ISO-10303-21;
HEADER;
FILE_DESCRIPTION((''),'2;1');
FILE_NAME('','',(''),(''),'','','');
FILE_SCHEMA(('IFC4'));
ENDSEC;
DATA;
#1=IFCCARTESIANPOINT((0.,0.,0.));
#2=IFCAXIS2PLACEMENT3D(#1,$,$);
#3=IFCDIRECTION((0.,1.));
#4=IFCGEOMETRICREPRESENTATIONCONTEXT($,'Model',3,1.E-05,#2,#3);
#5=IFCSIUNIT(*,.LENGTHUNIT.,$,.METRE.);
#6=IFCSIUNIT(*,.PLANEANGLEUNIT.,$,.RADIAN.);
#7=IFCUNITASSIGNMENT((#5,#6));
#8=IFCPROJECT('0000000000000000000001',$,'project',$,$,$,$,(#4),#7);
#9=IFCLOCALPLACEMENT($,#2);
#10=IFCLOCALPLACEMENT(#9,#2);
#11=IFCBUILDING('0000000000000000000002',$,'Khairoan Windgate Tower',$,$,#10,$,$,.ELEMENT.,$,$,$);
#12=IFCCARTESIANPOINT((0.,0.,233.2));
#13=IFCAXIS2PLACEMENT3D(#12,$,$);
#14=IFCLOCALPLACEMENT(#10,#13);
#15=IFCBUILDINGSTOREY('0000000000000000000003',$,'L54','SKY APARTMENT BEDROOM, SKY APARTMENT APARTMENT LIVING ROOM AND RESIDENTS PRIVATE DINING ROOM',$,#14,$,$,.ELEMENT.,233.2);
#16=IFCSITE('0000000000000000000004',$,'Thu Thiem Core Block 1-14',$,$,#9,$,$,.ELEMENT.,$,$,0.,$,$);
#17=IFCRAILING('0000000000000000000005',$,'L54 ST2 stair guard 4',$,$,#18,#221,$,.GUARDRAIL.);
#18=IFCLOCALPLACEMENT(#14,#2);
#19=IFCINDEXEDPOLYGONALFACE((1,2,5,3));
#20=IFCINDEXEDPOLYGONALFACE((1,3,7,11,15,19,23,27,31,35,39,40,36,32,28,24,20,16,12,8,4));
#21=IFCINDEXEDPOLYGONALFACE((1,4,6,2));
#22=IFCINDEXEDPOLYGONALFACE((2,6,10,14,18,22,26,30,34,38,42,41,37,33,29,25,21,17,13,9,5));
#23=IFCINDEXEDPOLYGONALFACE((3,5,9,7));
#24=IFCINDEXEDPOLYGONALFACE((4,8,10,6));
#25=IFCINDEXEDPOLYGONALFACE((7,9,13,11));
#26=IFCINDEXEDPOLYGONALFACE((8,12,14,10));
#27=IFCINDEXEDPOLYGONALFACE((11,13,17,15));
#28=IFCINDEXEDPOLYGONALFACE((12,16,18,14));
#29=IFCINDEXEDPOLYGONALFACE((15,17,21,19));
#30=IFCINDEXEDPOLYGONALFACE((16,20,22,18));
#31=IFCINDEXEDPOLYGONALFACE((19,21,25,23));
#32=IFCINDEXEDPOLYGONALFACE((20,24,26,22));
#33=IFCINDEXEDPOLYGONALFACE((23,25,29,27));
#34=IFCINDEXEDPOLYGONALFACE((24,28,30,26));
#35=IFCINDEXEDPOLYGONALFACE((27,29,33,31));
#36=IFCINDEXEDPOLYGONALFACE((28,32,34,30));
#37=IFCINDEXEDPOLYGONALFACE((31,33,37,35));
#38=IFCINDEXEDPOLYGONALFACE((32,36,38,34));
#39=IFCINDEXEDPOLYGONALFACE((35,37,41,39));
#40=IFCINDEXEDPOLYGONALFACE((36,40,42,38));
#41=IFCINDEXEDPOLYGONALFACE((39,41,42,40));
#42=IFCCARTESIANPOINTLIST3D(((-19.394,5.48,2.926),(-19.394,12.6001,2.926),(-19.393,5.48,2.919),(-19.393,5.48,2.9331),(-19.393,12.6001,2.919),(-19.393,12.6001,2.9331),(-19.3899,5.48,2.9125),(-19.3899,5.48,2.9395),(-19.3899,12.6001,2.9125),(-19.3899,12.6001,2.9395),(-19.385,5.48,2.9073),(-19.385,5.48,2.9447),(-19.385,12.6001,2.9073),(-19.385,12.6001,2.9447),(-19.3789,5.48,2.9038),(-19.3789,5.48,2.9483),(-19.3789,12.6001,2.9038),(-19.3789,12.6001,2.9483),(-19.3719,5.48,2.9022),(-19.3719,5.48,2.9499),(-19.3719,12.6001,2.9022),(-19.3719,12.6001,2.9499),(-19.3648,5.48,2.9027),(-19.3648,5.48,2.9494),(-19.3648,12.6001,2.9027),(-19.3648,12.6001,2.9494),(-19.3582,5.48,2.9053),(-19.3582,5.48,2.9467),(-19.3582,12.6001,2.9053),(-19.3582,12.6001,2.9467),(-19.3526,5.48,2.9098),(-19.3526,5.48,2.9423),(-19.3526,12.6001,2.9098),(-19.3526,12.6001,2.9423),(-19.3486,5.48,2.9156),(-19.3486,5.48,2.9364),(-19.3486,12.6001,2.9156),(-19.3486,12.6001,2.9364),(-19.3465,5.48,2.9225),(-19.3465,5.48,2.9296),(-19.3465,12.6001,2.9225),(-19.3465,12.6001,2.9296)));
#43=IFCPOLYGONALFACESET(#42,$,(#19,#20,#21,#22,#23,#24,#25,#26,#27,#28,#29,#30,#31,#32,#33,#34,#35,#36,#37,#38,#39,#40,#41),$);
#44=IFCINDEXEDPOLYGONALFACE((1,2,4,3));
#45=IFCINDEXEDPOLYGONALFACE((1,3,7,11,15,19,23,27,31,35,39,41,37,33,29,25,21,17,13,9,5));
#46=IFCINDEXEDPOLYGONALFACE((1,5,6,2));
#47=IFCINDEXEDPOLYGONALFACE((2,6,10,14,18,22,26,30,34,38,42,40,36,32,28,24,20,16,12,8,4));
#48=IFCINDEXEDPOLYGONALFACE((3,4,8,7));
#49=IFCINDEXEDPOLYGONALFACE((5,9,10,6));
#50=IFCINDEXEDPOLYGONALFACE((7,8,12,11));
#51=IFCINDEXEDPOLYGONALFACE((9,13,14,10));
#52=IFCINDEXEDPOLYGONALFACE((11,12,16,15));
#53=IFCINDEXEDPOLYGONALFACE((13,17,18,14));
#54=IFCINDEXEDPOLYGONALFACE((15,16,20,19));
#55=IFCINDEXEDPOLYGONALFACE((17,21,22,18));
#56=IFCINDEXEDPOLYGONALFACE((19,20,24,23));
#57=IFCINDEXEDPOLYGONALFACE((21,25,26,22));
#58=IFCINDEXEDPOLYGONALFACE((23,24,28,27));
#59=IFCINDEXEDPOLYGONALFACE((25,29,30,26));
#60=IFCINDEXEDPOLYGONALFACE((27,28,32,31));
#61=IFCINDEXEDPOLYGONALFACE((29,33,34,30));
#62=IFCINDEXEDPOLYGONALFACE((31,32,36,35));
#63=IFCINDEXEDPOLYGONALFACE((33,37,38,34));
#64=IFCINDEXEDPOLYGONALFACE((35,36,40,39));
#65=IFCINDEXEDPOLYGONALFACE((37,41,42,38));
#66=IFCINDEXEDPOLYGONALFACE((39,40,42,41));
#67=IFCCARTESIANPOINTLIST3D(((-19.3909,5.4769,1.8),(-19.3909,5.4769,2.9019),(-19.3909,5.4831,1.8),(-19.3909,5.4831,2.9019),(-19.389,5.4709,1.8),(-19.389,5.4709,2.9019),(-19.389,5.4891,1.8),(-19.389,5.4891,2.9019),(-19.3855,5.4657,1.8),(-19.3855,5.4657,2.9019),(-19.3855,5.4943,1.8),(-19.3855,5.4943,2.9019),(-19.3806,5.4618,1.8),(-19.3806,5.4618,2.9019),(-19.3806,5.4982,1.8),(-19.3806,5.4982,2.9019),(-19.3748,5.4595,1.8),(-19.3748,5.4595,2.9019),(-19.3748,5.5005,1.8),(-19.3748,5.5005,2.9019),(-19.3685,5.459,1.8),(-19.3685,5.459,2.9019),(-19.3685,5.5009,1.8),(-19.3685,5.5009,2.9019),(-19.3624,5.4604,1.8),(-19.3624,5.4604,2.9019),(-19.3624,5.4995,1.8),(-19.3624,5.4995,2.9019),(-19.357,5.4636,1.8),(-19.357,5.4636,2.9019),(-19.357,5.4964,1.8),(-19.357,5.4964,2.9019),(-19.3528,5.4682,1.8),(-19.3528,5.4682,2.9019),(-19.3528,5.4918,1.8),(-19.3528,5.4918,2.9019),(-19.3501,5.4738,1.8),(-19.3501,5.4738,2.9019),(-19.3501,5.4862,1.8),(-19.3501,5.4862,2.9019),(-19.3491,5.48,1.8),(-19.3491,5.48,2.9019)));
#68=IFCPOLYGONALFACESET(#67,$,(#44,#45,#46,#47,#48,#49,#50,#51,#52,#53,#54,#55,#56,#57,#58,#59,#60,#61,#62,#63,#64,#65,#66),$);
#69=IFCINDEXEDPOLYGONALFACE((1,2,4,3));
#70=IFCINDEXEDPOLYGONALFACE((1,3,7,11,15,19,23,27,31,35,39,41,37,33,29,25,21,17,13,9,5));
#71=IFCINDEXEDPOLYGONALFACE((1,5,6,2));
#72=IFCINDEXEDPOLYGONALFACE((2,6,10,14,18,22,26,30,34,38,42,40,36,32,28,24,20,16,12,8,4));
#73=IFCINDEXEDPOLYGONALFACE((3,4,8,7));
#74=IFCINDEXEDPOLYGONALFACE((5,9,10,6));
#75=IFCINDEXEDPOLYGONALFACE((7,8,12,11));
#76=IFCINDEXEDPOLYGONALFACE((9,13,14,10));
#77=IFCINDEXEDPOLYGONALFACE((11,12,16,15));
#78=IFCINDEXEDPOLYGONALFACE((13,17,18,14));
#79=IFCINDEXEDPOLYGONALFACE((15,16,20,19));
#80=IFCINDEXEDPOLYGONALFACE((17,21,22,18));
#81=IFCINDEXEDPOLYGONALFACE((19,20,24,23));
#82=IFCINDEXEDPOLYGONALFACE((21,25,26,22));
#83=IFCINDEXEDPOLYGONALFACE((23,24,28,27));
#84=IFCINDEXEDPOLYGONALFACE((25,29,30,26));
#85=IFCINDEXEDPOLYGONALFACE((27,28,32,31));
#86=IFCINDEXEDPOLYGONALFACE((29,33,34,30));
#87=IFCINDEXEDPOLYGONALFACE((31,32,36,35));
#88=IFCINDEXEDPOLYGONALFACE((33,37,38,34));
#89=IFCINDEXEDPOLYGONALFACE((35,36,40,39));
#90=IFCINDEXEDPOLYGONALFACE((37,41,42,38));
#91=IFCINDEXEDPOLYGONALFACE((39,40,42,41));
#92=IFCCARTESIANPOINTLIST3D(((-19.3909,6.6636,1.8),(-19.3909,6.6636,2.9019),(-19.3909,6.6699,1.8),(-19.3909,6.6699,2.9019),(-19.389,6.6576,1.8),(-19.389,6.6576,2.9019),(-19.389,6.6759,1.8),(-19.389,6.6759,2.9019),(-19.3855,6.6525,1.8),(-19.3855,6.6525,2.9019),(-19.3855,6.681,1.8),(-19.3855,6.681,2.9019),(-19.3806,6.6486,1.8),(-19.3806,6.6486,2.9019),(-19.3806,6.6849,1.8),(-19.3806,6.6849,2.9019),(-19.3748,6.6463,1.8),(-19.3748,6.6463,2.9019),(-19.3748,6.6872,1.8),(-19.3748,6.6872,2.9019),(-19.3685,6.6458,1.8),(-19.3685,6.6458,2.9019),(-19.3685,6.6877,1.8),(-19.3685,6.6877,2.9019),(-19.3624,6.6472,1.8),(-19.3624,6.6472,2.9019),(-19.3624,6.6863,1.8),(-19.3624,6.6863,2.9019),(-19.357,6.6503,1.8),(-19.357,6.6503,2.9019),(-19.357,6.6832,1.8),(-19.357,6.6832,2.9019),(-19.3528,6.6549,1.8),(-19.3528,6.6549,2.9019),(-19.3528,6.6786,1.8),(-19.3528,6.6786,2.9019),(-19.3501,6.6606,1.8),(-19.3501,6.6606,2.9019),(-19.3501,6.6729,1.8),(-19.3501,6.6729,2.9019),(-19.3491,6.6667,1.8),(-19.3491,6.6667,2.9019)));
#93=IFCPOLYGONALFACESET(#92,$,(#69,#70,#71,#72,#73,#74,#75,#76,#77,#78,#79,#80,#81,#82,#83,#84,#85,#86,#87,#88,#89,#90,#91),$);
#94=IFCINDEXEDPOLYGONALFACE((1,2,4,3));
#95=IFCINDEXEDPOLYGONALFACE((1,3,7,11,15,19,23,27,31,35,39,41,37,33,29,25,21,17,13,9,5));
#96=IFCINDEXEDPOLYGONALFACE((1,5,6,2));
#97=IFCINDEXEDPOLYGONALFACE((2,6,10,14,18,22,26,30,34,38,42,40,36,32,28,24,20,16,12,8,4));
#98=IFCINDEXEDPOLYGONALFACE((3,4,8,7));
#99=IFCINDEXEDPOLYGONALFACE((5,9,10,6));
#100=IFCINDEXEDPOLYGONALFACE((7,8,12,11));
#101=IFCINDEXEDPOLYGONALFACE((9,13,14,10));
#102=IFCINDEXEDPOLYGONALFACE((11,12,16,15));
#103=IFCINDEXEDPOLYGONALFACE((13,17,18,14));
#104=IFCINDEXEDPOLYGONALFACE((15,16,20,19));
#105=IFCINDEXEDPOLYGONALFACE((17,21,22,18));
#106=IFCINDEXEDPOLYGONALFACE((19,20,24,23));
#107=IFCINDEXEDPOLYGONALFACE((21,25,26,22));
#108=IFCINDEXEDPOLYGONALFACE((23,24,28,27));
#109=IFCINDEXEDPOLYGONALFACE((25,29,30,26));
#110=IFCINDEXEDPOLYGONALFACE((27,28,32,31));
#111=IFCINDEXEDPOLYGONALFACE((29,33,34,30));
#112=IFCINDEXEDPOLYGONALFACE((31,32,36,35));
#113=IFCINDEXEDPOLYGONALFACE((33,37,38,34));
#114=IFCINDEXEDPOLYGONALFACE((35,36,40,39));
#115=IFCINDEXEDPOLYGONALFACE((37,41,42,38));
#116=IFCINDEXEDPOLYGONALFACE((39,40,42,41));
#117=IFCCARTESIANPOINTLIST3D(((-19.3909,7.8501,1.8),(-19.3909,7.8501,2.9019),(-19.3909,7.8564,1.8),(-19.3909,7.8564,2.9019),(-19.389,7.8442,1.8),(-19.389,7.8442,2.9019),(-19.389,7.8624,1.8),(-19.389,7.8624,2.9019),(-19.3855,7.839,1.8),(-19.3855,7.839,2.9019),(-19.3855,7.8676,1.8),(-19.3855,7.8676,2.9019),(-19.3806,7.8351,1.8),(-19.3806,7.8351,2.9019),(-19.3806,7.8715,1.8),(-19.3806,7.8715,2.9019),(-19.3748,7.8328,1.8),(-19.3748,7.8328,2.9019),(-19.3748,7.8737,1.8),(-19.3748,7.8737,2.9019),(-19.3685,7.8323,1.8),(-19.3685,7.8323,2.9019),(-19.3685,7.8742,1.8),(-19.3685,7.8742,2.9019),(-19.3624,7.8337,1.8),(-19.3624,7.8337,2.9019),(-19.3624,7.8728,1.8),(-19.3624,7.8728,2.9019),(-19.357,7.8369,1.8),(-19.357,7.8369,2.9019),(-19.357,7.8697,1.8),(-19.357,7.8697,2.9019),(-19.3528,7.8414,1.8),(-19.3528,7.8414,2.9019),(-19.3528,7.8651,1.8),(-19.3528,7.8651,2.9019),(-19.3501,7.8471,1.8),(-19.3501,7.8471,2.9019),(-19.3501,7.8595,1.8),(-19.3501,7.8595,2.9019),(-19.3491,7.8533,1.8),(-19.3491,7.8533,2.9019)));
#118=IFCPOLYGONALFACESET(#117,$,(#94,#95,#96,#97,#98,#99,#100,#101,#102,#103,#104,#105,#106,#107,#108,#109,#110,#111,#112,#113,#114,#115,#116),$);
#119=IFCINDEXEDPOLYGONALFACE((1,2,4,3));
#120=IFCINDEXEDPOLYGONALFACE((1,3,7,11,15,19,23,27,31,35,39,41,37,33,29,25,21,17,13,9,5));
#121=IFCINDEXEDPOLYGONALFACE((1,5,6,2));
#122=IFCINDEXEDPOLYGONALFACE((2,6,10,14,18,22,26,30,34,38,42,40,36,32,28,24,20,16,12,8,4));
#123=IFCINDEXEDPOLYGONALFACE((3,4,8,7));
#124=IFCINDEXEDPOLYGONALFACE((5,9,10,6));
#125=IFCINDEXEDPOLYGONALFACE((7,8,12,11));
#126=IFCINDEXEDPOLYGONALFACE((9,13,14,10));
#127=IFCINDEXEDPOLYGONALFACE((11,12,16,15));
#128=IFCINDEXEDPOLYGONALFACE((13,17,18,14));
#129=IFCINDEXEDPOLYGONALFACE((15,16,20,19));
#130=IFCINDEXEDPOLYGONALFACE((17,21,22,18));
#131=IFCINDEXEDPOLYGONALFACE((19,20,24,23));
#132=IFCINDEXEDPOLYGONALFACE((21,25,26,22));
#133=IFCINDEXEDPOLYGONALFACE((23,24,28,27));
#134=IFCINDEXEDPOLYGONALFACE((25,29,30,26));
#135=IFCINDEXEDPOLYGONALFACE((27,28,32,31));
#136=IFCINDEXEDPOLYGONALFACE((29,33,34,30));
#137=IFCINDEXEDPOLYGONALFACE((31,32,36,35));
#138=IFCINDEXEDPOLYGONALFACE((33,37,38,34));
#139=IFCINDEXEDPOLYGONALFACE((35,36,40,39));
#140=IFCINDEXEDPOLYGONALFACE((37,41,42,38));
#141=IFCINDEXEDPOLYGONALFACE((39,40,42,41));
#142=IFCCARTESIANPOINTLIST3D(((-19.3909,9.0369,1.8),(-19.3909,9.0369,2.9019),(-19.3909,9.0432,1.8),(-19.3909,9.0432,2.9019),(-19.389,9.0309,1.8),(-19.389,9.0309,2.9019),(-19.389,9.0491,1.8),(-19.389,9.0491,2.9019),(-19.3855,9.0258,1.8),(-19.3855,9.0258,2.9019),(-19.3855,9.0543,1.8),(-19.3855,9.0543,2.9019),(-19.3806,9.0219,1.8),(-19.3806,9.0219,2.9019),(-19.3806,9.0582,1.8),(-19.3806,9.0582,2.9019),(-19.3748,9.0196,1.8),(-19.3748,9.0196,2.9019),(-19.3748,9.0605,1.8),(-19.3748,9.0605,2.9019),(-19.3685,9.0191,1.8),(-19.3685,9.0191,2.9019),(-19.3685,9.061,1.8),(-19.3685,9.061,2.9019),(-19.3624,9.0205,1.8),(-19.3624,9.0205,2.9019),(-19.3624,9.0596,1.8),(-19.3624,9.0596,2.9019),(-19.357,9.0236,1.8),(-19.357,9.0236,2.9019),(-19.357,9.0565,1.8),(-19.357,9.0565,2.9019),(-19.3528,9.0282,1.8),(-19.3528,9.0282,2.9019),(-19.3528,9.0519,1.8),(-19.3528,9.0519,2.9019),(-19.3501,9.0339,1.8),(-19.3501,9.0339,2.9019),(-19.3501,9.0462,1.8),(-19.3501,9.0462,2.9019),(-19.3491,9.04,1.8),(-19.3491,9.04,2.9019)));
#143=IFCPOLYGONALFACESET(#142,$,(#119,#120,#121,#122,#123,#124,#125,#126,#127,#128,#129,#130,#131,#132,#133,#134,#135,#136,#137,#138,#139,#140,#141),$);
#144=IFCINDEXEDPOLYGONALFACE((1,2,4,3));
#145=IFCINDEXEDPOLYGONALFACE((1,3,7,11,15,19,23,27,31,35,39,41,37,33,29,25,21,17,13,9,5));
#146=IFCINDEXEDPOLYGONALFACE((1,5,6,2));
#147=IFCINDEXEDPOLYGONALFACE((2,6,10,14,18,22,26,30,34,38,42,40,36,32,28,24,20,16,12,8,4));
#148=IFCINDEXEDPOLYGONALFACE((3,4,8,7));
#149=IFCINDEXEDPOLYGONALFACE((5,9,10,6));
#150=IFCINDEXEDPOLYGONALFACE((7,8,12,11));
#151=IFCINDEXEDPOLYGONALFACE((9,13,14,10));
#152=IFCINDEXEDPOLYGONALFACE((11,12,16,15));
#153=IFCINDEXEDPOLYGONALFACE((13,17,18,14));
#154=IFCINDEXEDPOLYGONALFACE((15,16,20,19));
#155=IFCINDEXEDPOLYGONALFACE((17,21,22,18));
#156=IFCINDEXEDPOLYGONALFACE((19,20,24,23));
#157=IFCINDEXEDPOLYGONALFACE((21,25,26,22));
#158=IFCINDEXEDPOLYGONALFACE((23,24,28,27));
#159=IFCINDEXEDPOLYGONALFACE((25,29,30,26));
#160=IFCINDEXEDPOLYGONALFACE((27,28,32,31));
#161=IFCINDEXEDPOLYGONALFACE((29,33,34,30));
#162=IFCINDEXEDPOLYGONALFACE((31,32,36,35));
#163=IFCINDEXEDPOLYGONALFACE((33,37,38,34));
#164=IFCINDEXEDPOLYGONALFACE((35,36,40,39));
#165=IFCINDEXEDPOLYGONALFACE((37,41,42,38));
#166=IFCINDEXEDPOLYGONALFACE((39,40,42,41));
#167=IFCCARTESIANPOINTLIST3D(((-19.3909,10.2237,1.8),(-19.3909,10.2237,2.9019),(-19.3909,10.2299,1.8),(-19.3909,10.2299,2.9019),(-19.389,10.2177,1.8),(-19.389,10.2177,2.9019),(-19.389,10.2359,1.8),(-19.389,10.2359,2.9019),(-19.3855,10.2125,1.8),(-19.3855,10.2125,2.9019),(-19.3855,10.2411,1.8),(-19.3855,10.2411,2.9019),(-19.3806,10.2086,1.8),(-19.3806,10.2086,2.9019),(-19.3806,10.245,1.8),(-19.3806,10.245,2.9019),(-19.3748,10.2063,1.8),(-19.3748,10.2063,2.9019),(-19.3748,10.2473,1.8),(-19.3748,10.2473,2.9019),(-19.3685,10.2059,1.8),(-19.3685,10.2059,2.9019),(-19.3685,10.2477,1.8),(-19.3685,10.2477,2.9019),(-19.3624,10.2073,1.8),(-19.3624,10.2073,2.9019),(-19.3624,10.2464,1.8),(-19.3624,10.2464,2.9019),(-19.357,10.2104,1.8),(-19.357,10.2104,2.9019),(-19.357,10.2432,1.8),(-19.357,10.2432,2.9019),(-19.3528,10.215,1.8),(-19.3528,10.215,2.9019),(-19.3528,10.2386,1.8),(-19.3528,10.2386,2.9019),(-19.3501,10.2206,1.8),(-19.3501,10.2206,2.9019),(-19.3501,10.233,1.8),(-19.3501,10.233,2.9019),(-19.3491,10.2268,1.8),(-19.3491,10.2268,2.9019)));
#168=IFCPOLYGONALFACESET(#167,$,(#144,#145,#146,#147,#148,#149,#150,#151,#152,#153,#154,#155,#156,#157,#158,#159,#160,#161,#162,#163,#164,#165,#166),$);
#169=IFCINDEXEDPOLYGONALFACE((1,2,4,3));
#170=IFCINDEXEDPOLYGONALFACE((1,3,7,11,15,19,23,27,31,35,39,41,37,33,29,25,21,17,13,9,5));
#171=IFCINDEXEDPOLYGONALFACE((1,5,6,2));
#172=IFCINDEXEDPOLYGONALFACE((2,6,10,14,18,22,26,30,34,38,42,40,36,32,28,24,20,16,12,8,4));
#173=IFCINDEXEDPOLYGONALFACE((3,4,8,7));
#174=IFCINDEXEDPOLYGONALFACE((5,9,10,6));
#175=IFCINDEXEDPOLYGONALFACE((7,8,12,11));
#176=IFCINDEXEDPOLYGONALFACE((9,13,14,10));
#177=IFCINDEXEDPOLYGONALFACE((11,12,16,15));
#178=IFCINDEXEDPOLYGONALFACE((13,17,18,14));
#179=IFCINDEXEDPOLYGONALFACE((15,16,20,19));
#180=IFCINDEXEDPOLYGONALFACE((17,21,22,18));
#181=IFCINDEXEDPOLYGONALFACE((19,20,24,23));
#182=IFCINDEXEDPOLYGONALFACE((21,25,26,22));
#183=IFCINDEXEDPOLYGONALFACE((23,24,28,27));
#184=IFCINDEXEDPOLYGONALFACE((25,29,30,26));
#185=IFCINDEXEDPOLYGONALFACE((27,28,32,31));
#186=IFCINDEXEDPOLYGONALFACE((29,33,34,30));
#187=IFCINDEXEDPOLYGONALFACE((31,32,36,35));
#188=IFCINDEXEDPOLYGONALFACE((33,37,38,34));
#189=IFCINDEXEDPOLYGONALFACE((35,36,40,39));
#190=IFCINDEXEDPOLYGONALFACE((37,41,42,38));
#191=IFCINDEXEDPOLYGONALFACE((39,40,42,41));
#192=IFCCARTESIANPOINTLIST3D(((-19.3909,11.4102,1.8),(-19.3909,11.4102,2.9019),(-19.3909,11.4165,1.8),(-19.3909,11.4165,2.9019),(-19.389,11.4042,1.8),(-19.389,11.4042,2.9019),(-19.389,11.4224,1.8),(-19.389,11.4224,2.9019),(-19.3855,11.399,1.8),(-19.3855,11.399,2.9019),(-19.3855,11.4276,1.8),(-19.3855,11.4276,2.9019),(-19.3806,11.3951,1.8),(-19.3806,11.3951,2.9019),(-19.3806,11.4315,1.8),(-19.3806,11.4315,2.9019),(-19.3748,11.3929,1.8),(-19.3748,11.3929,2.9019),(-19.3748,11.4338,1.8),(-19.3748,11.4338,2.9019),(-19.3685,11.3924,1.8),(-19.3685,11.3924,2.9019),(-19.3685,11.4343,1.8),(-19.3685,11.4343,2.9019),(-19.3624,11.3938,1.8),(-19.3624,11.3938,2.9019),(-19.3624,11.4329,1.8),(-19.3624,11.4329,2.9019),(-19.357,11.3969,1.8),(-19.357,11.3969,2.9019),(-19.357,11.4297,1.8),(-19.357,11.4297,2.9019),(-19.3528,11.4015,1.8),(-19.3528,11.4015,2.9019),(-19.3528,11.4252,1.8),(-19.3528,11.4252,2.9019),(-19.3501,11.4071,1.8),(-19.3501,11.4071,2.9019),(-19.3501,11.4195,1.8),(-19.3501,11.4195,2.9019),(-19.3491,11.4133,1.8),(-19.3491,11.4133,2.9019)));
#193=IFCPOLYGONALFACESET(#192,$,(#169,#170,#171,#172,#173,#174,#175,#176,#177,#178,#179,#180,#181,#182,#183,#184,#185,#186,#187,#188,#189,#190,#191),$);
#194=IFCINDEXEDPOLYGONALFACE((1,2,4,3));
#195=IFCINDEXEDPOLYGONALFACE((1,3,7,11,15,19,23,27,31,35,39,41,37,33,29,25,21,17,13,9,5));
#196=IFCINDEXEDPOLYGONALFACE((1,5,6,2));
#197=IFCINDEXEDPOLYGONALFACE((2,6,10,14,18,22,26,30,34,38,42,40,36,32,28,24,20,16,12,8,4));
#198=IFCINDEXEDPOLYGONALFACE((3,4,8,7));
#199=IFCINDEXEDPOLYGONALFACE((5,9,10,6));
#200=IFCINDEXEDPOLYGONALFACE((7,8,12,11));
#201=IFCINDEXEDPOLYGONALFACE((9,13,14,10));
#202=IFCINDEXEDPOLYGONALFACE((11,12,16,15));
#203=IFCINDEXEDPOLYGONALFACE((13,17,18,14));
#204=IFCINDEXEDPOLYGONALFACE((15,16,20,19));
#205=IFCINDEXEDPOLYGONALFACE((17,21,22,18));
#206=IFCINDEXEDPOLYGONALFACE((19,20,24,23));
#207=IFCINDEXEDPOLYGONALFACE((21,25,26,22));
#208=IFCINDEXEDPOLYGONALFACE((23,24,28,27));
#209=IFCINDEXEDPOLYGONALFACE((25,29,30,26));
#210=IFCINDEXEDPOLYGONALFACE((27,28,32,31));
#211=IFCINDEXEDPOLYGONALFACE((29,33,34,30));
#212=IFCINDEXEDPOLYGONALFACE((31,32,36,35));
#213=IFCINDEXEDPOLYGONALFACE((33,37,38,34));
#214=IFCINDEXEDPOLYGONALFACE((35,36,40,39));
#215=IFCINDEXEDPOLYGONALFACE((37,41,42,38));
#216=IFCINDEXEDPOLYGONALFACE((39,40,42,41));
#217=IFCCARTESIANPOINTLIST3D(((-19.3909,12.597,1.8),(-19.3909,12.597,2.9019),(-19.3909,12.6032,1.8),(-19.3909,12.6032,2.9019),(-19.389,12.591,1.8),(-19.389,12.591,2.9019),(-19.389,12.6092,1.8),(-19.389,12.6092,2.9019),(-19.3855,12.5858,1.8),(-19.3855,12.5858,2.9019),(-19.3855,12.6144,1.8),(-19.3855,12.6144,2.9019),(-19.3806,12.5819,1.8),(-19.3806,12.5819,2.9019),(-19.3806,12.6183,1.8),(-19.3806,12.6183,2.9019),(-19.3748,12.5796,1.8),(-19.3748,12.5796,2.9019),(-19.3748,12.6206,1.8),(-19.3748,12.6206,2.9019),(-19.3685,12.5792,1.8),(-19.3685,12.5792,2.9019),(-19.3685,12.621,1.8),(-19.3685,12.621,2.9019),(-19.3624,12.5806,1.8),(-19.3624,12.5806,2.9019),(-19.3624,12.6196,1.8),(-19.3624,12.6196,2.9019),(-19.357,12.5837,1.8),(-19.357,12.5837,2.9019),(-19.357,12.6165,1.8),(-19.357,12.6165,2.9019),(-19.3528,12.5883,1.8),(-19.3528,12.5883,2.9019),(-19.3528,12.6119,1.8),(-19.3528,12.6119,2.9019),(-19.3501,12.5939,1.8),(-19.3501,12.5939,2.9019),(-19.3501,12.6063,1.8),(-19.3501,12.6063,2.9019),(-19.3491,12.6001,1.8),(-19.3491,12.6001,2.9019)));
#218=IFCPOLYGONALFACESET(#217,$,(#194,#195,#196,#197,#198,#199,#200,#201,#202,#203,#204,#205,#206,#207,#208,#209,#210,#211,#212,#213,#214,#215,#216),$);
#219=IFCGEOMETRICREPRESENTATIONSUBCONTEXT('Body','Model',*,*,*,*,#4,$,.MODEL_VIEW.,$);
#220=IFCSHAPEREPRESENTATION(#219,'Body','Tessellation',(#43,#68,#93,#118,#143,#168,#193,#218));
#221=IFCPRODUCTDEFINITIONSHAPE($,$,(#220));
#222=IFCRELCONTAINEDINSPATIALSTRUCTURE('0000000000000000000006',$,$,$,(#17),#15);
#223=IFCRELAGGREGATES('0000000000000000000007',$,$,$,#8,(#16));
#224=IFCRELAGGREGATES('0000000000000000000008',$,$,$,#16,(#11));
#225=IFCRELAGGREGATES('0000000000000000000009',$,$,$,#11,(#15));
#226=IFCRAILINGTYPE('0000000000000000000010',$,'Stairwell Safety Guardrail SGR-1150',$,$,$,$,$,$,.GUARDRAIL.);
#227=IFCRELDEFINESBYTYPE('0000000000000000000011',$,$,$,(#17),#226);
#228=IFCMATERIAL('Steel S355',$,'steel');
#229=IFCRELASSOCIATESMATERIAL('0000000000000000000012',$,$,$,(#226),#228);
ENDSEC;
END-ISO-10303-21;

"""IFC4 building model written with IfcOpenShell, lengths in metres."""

from ifc_helpers import new_model, si_unit, direction, frame, origin, origin_2d, place, context, subcontext, project, spatial, circle, extrude, material, type_object, element, save


model = new_model("IFC4")

# Units and contexts
model_context = context("Model", 3, precision=1e-05, world=origin(), true_north=direction((0.0, 1.0)))
body_context = subcontext(model_context, "Body", "Model", "MODEL_VIEW")
ifc_project = project(units=[si_unit("LENGTHUNIT", "METRE"), si_unit("PLANEANGLEUNIT", "RADIAN")], contexts=[model_context])

# Site, building, storey
site_placement = place(None, origin())
site = spatial("IfcSite", under=ifc_project, at=site_placement, Name="Thu Thiem Core Block 1-14", CompositionType="ELEMENT", RefElevation=0.0)
building_placement = place(site_placement, origin())
building = spatial("IfcBuilding", under=site, at=building_placement, Name="Khairoan Windgate Tower", CompositionType="ELEMENT")
storey_placement = place(building_placement, frame((0.0, 0.0, 233.2)))
storey = spatial("IfcBuildingStorey", under=building, at=storey_placement, Name="L54", Description="SKY APARTMENT BEDROOM, SKY APARTMENT APARTMENT LIVING ROOM AND RESIDENTS PRIVATE DINING ROOM", CompositionType="ELEMENT", Elevation=233.2)

# Railing
ifc_material_1 = material(Name="Steel S355", Category="steel")
railing_type_1 = type_object("IfcRailingType", Name="Stairwell Safety Guardrail SGR-1150", PredefinedType="GUARDRAIL", material=ifc_material_1)
railing_1_placement = place(storey_placement, frame((-19.3701, 5.48, 1.8)))
element("IfcRailing", 1, at=railing_1_placement, inside=storey, type_object=railing_type_1, Name="L54 ST2 stair guard 4", PredefinedType="GUARDRAIL", context=body_context, shape_type="SweptSolid", body=[
    extrude(circle(Radius=0.0239, at=origin_2d()), frame((0.0, 0.0, 1.126), z_axis=(0.0, 1.0, 0.0), x_axis=(-1.0, 0.0, 0.0)), (0.0, 0.0, 1.0), 7.1201),
    extrude(circle(Radius=0.021, at=origin_2d()), origin(), (0.0, 0.0, 1.0), 1.1018),
    extrude(circle(Radius=0.021, at=origin_2d()), frame((0.0, 1.1868, 0.0)), (0.0, 0.0, 1.0), 1.1018),
    extrude(circle(Radius=0.021, at=origin_2d()), frame((0.0, 2.3733, 0.0)), (0.0, 0.0, 1.0), 1.1018),
    extrude(circle(Radius=0.021, at=origin_2d()), frame((0.0, 3.5601, 0.0)), (0.0, 0.0, 1.0), 1.1018),
    extrude(circle(Radius=0.021, at=origin_2d()), frame((0.0, 4.7468, 0.0)), (0.0, 0.0, 1.0), 1.1018),
    extrude(circle(Radius=0.021, at=origin_2d()), frame((0.0, 5.9333, 0.0)), (0.0, 0.0, 1.0), 1.1018),
    extrude(circle(Radius=0.021, at=origin_2d()), frame((0.0, 7.1201, 0.0)), (0.0, 0.0, 1.0), 1.1018),
])

save(model, "model.ifc")
